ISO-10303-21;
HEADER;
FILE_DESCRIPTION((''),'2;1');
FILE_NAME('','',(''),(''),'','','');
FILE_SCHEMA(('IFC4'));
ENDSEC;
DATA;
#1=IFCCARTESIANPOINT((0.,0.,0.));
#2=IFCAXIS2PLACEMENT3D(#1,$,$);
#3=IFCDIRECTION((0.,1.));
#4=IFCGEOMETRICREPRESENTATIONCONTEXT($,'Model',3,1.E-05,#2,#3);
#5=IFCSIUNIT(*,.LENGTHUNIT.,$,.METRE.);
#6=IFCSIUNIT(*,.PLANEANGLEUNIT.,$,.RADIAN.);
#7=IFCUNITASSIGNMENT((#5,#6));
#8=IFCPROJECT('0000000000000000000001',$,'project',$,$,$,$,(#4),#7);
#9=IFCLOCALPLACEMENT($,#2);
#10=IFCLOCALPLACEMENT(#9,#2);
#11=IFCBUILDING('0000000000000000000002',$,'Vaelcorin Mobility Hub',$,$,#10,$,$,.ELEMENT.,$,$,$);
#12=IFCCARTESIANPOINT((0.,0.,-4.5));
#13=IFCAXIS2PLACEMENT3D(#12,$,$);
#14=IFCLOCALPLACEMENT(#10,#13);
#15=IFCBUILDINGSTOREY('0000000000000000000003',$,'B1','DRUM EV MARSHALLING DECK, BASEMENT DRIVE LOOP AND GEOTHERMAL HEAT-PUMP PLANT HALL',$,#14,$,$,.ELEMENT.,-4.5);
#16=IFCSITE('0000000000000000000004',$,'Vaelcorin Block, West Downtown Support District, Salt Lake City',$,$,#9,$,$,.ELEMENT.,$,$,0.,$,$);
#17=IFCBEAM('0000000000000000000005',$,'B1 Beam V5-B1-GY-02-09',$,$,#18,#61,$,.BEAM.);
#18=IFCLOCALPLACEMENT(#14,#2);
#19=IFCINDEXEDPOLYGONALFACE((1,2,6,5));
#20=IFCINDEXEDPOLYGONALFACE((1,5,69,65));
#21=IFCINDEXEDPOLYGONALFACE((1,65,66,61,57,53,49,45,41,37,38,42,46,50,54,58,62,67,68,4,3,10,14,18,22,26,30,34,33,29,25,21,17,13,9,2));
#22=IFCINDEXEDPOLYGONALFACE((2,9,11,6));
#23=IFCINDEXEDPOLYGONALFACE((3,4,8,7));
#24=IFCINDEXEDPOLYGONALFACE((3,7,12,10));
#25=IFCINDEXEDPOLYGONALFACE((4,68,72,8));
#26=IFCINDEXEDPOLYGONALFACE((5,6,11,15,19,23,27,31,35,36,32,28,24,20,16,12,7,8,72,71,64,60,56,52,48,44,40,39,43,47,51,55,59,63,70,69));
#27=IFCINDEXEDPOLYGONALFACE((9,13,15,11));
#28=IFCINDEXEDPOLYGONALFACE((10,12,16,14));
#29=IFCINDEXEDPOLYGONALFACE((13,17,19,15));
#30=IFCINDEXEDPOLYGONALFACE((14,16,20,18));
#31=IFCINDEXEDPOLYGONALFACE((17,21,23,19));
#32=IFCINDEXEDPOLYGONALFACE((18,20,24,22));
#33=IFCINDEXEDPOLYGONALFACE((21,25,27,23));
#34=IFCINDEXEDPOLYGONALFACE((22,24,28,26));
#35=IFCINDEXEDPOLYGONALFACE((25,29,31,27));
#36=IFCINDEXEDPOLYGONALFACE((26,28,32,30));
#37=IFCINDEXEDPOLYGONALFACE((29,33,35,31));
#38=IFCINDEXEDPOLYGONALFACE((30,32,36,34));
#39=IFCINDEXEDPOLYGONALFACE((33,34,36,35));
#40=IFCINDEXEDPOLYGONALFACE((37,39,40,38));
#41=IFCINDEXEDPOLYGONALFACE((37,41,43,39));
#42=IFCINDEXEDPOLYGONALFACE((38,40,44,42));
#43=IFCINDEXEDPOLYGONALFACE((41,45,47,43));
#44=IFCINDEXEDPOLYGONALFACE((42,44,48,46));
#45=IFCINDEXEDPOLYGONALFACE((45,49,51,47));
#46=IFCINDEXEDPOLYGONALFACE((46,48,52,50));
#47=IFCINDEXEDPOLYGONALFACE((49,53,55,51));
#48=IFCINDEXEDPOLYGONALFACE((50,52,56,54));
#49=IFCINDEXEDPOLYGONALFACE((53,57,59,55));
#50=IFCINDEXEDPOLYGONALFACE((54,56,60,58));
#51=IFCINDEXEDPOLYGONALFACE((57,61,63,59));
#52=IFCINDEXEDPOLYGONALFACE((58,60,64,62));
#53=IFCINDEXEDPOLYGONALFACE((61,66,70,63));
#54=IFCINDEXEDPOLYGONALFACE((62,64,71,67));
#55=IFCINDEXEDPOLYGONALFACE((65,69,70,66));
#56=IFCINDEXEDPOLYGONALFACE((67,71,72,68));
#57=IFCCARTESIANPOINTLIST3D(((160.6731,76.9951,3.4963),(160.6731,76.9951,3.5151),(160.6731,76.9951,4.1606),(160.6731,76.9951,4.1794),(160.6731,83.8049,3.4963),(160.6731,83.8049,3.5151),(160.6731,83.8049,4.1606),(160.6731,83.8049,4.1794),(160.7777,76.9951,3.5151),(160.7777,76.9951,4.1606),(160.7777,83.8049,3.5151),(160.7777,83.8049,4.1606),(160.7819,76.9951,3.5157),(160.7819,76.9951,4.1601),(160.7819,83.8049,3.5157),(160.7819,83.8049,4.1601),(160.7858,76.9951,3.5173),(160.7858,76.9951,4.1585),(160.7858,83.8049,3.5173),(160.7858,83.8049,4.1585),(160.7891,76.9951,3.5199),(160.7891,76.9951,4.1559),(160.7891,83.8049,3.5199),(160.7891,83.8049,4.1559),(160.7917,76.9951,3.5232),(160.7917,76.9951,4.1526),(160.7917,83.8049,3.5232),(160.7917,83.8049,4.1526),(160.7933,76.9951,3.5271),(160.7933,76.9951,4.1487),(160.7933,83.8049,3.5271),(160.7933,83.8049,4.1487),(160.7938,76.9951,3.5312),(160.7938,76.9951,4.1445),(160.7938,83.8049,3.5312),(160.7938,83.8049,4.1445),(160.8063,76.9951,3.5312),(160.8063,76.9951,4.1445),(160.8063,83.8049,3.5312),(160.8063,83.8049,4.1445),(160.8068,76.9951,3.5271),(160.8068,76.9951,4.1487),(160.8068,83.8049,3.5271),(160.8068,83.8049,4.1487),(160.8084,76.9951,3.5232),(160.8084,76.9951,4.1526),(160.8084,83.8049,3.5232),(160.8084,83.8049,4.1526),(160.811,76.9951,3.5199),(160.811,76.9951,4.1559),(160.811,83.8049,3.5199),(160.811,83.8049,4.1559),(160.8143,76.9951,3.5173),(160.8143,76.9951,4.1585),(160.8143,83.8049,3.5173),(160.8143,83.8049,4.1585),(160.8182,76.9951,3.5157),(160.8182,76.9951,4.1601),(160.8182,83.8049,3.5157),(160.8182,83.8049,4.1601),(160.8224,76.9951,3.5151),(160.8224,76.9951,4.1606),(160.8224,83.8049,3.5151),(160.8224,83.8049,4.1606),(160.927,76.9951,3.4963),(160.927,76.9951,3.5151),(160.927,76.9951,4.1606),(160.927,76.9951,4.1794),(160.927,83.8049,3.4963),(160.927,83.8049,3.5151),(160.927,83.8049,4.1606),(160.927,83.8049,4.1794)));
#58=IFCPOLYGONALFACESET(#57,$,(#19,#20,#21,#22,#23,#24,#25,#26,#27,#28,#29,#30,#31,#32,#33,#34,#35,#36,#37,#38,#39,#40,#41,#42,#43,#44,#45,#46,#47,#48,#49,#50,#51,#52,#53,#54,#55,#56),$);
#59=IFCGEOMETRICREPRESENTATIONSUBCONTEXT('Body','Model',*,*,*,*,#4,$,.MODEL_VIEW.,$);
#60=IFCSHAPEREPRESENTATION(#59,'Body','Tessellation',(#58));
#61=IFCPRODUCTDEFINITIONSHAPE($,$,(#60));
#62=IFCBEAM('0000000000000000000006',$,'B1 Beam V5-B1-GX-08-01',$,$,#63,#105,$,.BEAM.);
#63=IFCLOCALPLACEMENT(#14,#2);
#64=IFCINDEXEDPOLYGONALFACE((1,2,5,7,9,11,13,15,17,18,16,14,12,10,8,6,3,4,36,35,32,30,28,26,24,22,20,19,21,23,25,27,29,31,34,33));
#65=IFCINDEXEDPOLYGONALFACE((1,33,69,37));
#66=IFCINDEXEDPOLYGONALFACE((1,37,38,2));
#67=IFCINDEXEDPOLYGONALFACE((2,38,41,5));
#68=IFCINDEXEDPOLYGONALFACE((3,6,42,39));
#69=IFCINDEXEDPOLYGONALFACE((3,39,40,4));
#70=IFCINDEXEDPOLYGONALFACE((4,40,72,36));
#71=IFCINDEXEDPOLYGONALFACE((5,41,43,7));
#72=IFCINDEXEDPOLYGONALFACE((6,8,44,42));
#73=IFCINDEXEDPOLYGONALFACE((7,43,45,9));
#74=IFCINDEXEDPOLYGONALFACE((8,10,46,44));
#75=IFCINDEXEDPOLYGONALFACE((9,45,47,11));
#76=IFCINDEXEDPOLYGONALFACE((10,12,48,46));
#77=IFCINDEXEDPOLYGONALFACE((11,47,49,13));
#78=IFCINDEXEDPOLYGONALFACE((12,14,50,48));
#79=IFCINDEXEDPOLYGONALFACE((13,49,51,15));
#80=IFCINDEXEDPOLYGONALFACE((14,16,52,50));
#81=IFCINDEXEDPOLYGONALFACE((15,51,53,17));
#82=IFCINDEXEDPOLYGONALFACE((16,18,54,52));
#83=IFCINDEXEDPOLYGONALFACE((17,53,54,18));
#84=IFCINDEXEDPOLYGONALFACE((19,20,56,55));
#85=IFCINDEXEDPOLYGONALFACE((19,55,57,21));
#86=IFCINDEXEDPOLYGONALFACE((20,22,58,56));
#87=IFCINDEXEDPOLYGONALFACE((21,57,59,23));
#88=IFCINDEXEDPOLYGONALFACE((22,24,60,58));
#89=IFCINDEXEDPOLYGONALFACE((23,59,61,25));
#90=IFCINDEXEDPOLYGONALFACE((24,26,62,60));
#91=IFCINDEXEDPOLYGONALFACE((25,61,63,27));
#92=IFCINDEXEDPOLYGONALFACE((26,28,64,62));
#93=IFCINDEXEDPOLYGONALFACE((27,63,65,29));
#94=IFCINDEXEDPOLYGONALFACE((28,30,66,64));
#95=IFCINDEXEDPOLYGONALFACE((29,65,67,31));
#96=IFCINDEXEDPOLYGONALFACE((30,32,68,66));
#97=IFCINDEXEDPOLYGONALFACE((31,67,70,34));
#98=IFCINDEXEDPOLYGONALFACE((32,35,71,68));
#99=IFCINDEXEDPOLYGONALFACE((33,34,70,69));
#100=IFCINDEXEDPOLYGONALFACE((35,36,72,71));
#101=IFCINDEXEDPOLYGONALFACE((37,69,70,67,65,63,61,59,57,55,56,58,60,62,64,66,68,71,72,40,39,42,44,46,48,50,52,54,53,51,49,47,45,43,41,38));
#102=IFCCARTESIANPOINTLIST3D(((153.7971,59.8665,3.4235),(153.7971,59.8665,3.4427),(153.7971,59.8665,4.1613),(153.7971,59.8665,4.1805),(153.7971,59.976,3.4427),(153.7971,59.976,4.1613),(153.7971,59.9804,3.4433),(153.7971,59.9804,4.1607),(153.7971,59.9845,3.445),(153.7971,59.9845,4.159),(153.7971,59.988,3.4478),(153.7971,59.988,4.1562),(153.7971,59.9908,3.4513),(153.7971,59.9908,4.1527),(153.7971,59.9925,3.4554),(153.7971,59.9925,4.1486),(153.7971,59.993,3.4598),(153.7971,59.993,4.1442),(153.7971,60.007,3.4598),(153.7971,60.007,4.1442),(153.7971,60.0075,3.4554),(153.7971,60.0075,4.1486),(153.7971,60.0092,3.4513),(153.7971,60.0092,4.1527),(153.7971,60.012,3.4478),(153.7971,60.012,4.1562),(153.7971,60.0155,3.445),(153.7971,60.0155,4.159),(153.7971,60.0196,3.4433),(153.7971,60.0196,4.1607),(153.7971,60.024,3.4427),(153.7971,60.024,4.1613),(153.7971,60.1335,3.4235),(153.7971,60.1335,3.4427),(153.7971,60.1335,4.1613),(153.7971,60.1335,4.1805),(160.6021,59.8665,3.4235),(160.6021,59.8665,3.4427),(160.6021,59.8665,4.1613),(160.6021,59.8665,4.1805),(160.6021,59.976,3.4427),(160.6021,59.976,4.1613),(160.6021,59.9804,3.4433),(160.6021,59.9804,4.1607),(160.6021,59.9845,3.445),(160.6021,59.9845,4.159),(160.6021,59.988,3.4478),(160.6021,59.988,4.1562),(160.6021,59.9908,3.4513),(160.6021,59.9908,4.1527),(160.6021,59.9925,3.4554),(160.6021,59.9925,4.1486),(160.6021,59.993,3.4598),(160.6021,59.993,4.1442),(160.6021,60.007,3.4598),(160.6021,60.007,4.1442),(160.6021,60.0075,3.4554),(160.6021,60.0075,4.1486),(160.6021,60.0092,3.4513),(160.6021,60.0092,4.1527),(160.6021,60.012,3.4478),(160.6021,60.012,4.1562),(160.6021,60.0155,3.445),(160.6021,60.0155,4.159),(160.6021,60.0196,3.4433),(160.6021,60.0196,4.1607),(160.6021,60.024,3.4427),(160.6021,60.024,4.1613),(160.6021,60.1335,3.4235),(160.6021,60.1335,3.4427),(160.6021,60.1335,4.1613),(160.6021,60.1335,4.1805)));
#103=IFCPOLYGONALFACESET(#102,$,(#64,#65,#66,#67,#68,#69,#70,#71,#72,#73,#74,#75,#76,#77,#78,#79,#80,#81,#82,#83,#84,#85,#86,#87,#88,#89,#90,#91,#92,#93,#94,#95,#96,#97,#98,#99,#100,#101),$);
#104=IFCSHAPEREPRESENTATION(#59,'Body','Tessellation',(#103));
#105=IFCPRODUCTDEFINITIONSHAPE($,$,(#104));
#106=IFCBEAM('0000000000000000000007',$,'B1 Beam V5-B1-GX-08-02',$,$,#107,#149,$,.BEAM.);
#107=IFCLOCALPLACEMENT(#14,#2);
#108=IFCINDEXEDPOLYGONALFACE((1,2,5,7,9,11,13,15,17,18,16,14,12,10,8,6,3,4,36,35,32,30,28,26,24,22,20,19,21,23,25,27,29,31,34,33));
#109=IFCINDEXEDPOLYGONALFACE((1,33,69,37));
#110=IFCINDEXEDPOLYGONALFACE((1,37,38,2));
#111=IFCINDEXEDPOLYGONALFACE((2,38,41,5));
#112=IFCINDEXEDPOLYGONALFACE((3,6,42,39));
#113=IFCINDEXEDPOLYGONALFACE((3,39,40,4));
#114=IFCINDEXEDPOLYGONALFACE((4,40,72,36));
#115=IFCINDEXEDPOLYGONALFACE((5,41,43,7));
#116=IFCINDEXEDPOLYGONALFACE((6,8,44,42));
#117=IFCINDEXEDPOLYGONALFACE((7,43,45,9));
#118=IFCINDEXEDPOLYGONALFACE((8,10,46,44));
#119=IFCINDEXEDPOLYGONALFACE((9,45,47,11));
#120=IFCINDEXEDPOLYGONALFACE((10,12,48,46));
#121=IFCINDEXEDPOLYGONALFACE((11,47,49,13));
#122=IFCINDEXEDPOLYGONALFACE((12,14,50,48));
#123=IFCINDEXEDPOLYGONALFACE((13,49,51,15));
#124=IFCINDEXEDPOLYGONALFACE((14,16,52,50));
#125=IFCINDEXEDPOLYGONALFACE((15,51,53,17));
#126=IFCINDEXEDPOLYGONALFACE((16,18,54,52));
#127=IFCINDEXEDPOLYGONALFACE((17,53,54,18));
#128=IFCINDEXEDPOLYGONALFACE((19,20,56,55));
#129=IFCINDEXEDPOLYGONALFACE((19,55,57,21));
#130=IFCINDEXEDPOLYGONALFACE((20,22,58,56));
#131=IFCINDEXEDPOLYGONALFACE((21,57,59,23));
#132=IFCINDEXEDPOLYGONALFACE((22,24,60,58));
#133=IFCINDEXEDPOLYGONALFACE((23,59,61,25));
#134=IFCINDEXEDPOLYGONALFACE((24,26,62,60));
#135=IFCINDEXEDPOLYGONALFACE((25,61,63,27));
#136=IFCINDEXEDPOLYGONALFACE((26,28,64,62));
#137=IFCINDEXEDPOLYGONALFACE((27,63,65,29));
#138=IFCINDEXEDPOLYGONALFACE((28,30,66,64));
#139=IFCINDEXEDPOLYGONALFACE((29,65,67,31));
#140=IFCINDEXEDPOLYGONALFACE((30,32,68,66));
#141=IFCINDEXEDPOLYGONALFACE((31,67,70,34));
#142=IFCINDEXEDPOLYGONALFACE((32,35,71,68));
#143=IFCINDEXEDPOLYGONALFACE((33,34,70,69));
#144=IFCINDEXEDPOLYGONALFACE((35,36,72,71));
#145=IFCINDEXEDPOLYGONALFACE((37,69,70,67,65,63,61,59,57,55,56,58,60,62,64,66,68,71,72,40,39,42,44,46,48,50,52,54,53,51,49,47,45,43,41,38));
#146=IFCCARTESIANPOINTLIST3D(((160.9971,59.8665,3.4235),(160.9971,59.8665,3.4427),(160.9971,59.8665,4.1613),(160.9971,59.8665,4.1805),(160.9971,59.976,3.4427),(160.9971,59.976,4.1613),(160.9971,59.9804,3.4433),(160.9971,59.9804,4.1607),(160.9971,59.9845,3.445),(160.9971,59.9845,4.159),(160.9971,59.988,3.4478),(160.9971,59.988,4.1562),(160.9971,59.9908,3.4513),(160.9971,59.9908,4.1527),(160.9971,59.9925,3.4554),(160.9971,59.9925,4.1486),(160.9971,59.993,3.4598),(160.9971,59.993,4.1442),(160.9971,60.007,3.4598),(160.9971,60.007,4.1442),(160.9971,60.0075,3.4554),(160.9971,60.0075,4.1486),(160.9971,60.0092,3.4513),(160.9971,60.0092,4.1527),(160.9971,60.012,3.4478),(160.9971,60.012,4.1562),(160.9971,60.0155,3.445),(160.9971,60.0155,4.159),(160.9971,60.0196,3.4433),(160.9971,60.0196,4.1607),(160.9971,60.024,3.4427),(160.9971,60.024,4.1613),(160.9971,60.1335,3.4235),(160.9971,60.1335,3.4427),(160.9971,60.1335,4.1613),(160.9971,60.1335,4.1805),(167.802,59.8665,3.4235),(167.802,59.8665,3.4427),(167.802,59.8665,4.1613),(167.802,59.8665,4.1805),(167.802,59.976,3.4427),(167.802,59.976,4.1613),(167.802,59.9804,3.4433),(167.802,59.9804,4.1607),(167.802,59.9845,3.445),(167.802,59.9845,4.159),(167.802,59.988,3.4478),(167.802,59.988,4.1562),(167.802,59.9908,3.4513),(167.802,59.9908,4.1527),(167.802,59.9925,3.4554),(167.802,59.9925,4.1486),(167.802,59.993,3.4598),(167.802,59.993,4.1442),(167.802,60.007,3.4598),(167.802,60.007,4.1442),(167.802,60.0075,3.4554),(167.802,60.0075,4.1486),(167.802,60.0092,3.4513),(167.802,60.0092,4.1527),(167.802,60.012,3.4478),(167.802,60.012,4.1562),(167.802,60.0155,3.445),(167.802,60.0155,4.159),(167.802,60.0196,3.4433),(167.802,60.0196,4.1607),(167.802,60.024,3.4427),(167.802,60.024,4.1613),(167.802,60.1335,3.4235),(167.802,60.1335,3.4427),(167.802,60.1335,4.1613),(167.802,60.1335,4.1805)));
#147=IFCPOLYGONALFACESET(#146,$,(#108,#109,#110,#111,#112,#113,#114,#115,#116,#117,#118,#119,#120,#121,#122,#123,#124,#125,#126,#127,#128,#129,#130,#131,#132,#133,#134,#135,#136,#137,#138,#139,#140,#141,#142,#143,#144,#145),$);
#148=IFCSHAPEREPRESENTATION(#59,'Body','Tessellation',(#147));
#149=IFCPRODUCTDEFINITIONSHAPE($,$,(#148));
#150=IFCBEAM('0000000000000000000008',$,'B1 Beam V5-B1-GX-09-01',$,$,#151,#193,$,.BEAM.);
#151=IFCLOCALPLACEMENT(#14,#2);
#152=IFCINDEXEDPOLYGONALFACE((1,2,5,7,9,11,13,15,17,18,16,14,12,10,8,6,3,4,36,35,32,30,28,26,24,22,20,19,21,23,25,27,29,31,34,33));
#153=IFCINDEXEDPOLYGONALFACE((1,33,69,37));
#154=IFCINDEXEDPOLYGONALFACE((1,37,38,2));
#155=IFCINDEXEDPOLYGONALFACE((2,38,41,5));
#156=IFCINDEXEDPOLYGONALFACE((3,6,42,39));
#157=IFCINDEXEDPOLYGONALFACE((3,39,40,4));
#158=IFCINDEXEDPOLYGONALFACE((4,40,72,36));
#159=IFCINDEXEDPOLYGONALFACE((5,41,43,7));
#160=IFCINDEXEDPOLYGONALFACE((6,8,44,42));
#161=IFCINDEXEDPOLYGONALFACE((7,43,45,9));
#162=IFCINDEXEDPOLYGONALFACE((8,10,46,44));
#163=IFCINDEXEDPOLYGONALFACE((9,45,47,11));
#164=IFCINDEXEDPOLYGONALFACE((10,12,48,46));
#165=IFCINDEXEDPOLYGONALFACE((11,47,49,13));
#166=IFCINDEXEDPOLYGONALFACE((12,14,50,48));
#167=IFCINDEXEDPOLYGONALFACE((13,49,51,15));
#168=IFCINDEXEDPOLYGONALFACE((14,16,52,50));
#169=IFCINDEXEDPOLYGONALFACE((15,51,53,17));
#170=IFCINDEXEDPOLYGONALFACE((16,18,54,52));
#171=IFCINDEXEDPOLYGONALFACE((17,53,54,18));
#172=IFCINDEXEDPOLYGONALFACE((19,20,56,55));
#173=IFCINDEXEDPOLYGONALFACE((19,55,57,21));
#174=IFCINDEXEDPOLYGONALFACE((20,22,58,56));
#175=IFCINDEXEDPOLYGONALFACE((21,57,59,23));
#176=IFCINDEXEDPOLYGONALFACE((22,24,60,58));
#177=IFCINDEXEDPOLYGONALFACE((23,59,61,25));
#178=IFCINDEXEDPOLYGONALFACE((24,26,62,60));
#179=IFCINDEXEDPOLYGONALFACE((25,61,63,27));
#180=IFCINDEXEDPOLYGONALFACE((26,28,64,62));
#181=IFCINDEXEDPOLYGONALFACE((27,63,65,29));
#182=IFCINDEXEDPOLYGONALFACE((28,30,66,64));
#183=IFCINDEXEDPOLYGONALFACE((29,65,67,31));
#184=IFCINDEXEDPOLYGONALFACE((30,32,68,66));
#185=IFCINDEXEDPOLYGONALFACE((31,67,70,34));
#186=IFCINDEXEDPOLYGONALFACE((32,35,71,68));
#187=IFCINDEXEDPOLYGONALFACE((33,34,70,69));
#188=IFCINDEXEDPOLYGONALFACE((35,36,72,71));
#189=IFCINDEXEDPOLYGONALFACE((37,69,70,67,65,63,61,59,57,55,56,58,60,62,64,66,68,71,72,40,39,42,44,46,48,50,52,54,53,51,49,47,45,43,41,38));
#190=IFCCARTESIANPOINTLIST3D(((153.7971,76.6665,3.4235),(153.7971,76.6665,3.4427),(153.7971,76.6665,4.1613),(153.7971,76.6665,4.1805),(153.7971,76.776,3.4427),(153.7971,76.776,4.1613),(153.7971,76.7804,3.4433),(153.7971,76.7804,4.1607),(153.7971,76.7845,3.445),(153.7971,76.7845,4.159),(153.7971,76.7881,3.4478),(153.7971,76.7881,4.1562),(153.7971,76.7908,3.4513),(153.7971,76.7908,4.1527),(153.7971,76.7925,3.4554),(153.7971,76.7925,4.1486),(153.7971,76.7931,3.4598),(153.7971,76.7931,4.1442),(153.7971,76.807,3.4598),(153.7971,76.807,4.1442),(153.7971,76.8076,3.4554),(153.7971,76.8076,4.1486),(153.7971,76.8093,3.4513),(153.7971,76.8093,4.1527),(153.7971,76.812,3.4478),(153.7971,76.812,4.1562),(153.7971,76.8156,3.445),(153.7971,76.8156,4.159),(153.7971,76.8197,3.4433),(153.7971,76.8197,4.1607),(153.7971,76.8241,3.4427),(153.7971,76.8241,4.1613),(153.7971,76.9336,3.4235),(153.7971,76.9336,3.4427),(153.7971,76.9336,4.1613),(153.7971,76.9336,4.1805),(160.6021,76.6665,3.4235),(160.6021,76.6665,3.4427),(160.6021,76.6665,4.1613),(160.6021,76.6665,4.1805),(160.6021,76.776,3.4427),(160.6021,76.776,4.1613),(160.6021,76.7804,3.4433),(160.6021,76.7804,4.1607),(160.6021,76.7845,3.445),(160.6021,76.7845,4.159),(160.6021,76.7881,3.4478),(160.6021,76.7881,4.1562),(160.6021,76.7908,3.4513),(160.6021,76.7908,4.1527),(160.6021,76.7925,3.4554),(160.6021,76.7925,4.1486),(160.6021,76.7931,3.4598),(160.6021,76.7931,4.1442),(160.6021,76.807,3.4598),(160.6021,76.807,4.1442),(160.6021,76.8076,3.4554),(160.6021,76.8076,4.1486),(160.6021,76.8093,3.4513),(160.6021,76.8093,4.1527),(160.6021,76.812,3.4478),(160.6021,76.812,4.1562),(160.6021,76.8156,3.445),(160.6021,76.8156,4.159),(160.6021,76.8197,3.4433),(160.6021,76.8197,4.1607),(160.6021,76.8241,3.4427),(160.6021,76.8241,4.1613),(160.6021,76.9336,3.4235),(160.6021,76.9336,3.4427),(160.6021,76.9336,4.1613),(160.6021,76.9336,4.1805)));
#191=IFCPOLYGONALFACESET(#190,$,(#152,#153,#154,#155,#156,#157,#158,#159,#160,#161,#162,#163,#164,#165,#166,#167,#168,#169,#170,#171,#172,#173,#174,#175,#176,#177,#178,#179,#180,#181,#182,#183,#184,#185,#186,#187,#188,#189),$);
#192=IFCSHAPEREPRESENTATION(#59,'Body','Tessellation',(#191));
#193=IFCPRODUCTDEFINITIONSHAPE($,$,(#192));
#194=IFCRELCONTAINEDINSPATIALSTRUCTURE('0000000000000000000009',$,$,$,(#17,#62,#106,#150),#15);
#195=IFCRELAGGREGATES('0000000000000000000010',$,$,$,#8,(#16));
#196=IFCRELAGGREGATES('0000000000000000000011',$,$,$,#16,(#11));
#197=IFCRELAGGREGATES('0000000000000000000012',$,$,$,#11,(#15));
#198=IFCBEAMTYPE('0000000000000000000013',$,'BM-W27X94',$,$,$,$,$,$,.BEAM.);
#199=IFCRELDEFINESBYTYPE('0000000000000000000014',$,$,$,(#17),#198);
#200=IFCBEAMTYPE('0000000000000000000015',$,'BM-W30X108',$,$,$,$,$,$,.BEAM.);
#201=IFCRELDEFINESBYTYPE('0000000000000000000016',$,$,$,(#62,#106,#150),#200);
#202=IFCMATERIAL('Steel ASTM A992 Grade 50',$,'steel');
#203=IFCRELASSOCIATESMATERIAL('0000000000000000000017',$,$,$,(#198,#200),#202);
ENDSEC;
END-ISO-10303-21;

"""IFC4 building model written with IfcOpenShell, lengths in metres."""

from ifc_helpers import new_model, si_unit, direction, frame, origin, origin_2d, place, context, subcontext, project, spatial, i_section, extrude, material, material_profile, profile_set, type_object, element, save


model = new_model("IFC4")

# Units and contexts
model_context = context("Model", 3, precision=1e-05, world=origin(), true_north=direction((0.0, 1.0)))
body_context = subcontext(model_context, "Body", "Model", "MODEL_VIEW")
ifc_project = project(units=[si_unit("LENGTHUNIT", "METRE"), si_unit("PLANEANGLEUNIT", "RADIAN")], contexts=[model_context])

# Site, building, storey
site_placement = place(None, origin())
site = spatial("IfcSite", under=ifc_project, at=site_placement, Name="Vaelcorin Block, West Downtown Support District, Salt Lake City", CompositionType="ELEMENT", RefElevation=0.0)
building_placement = place(site_placement, origin())
building = spatial("IfcBuilding", under=site, at=building_placement, Name="Vaelcorin Mobility Hub", CompositionType="ELEMENT")
storey_placement = place(building_placement, frame((0.0, 0.0, -4.5)))
storey = spatial("IfcBuildingStorey", under=building, at=storey_placement, Name="B1", Description="DRUM EV MARSHALLING DECK, BASEMENT DRIVE LOOP AND GEOTHERMAL HEAT-PUMP PLANT HALL", CompositionType="ELEMENT", Elevation=-4.5)

# Shared definitions
ifc_material_1 = material(Name="Steel ASTM A992 Grade 50", Category="steel")

# Beams
ifc_material_profile_1 = material_profile(ifc_material_1, i_section(OverallWidth=0.2539, OverallDepth=0.6831, WebThickness=0.0125, FlangeThickness=0.0188, FilletRadius=0.0161, at=origin_2d()), Name="W27X94")
ifc_profile_set_1 = profile_set([ifc_material_profile_1], Name="Steel ASTM A992 Grade 50")
beam_type_1 = type_object("IfcBeamType", Name="BM-W27X94", PredefinedType="BEAM", material=ifc_profile_set_1)
for number, where, z_axis, x_axis, name in (
    (1, (160.8, 76.9951, 3.8379), (0.0, 1.0, 0.0), (-1.0, 0.0, 0.0), "B1 Beam V5-B1-GY-02-09"),
):
    element("IfcBeam", number, at=place(storey_placement, frame(where, z_axis=z_axis, x_axis=x_axis)), inside=storey, type_object=beam_type_1, Name=name, PredefinedType="BEAM", context=body_context, shape_type="SweptSolid", body=[
        extrude(i_section(OverallWidth=0.2539, OverallDepth=0.6831, WebThickness=0.0125, FlangeThickness=0.0188, FilletRadius=0.0161, at=origin_2d()), origin(), (0.0, 0.0, 1.0), 6.8098),
    ])
ifc_material_profile_2 = material_profile(ifc_material_1, i_section(OverallWidth=0.2671, OverallDepth=0.7571, WebThickness=0.0139, FlangeThickness=0.0193, FilletRadius=0.0171, at=origin_2d()), Name="W30X108")
ifc_profile_set_2 = profile_set([ifc_material_profile_2], Name="Steel ASTM A992 Grade 50")
beam_type_2 = type_object("IfcBeamType", Name="BM-W30X108", PredefinedType="BEAM", material=ifc_profile_set_2)
for number, where, z_axis, x_axis, name in (
    (2, (153.7971, 60.0, 3.802), (1.0, 0.0, 0.0), (0.0, 1.0, 0.0), "B1 Beam V5-B1-GX-08-01"),
    (3, (160.9971, 60.0, 3.802), (1.0, 0.0, 0.0), (0.0, 1.0, 0.0), "B1 Beam V5-B1-GX-08-02"),
    (4, (153.7971, 76.8, 3.802), (1.0, 0.0, 0.0), (0.0, 1.0, 0.0), "B1 Beam V5-B1-GX-09-01"),
):
    element("IfcBeam", number, at=place(storey_placement, frame(where, z_axis=z_axis, x_axis=x_axis)), inside=storey, type_object=beam_type_2, Name=name, PredefinedType="BEAM", context=body_context, shape_type="SweptSolid", body=[
        extrude(i_section(OverallWidth=0.2671, OverallDepth=0.7571, WebThickness=0.0139, FlangeThickness=0.0193, FilletRadius=0.0171, at=origin_2d()), origin(), (0.0, 0.0, 1.0), 6.8049),
    ])

save(model, "model.ifc")
